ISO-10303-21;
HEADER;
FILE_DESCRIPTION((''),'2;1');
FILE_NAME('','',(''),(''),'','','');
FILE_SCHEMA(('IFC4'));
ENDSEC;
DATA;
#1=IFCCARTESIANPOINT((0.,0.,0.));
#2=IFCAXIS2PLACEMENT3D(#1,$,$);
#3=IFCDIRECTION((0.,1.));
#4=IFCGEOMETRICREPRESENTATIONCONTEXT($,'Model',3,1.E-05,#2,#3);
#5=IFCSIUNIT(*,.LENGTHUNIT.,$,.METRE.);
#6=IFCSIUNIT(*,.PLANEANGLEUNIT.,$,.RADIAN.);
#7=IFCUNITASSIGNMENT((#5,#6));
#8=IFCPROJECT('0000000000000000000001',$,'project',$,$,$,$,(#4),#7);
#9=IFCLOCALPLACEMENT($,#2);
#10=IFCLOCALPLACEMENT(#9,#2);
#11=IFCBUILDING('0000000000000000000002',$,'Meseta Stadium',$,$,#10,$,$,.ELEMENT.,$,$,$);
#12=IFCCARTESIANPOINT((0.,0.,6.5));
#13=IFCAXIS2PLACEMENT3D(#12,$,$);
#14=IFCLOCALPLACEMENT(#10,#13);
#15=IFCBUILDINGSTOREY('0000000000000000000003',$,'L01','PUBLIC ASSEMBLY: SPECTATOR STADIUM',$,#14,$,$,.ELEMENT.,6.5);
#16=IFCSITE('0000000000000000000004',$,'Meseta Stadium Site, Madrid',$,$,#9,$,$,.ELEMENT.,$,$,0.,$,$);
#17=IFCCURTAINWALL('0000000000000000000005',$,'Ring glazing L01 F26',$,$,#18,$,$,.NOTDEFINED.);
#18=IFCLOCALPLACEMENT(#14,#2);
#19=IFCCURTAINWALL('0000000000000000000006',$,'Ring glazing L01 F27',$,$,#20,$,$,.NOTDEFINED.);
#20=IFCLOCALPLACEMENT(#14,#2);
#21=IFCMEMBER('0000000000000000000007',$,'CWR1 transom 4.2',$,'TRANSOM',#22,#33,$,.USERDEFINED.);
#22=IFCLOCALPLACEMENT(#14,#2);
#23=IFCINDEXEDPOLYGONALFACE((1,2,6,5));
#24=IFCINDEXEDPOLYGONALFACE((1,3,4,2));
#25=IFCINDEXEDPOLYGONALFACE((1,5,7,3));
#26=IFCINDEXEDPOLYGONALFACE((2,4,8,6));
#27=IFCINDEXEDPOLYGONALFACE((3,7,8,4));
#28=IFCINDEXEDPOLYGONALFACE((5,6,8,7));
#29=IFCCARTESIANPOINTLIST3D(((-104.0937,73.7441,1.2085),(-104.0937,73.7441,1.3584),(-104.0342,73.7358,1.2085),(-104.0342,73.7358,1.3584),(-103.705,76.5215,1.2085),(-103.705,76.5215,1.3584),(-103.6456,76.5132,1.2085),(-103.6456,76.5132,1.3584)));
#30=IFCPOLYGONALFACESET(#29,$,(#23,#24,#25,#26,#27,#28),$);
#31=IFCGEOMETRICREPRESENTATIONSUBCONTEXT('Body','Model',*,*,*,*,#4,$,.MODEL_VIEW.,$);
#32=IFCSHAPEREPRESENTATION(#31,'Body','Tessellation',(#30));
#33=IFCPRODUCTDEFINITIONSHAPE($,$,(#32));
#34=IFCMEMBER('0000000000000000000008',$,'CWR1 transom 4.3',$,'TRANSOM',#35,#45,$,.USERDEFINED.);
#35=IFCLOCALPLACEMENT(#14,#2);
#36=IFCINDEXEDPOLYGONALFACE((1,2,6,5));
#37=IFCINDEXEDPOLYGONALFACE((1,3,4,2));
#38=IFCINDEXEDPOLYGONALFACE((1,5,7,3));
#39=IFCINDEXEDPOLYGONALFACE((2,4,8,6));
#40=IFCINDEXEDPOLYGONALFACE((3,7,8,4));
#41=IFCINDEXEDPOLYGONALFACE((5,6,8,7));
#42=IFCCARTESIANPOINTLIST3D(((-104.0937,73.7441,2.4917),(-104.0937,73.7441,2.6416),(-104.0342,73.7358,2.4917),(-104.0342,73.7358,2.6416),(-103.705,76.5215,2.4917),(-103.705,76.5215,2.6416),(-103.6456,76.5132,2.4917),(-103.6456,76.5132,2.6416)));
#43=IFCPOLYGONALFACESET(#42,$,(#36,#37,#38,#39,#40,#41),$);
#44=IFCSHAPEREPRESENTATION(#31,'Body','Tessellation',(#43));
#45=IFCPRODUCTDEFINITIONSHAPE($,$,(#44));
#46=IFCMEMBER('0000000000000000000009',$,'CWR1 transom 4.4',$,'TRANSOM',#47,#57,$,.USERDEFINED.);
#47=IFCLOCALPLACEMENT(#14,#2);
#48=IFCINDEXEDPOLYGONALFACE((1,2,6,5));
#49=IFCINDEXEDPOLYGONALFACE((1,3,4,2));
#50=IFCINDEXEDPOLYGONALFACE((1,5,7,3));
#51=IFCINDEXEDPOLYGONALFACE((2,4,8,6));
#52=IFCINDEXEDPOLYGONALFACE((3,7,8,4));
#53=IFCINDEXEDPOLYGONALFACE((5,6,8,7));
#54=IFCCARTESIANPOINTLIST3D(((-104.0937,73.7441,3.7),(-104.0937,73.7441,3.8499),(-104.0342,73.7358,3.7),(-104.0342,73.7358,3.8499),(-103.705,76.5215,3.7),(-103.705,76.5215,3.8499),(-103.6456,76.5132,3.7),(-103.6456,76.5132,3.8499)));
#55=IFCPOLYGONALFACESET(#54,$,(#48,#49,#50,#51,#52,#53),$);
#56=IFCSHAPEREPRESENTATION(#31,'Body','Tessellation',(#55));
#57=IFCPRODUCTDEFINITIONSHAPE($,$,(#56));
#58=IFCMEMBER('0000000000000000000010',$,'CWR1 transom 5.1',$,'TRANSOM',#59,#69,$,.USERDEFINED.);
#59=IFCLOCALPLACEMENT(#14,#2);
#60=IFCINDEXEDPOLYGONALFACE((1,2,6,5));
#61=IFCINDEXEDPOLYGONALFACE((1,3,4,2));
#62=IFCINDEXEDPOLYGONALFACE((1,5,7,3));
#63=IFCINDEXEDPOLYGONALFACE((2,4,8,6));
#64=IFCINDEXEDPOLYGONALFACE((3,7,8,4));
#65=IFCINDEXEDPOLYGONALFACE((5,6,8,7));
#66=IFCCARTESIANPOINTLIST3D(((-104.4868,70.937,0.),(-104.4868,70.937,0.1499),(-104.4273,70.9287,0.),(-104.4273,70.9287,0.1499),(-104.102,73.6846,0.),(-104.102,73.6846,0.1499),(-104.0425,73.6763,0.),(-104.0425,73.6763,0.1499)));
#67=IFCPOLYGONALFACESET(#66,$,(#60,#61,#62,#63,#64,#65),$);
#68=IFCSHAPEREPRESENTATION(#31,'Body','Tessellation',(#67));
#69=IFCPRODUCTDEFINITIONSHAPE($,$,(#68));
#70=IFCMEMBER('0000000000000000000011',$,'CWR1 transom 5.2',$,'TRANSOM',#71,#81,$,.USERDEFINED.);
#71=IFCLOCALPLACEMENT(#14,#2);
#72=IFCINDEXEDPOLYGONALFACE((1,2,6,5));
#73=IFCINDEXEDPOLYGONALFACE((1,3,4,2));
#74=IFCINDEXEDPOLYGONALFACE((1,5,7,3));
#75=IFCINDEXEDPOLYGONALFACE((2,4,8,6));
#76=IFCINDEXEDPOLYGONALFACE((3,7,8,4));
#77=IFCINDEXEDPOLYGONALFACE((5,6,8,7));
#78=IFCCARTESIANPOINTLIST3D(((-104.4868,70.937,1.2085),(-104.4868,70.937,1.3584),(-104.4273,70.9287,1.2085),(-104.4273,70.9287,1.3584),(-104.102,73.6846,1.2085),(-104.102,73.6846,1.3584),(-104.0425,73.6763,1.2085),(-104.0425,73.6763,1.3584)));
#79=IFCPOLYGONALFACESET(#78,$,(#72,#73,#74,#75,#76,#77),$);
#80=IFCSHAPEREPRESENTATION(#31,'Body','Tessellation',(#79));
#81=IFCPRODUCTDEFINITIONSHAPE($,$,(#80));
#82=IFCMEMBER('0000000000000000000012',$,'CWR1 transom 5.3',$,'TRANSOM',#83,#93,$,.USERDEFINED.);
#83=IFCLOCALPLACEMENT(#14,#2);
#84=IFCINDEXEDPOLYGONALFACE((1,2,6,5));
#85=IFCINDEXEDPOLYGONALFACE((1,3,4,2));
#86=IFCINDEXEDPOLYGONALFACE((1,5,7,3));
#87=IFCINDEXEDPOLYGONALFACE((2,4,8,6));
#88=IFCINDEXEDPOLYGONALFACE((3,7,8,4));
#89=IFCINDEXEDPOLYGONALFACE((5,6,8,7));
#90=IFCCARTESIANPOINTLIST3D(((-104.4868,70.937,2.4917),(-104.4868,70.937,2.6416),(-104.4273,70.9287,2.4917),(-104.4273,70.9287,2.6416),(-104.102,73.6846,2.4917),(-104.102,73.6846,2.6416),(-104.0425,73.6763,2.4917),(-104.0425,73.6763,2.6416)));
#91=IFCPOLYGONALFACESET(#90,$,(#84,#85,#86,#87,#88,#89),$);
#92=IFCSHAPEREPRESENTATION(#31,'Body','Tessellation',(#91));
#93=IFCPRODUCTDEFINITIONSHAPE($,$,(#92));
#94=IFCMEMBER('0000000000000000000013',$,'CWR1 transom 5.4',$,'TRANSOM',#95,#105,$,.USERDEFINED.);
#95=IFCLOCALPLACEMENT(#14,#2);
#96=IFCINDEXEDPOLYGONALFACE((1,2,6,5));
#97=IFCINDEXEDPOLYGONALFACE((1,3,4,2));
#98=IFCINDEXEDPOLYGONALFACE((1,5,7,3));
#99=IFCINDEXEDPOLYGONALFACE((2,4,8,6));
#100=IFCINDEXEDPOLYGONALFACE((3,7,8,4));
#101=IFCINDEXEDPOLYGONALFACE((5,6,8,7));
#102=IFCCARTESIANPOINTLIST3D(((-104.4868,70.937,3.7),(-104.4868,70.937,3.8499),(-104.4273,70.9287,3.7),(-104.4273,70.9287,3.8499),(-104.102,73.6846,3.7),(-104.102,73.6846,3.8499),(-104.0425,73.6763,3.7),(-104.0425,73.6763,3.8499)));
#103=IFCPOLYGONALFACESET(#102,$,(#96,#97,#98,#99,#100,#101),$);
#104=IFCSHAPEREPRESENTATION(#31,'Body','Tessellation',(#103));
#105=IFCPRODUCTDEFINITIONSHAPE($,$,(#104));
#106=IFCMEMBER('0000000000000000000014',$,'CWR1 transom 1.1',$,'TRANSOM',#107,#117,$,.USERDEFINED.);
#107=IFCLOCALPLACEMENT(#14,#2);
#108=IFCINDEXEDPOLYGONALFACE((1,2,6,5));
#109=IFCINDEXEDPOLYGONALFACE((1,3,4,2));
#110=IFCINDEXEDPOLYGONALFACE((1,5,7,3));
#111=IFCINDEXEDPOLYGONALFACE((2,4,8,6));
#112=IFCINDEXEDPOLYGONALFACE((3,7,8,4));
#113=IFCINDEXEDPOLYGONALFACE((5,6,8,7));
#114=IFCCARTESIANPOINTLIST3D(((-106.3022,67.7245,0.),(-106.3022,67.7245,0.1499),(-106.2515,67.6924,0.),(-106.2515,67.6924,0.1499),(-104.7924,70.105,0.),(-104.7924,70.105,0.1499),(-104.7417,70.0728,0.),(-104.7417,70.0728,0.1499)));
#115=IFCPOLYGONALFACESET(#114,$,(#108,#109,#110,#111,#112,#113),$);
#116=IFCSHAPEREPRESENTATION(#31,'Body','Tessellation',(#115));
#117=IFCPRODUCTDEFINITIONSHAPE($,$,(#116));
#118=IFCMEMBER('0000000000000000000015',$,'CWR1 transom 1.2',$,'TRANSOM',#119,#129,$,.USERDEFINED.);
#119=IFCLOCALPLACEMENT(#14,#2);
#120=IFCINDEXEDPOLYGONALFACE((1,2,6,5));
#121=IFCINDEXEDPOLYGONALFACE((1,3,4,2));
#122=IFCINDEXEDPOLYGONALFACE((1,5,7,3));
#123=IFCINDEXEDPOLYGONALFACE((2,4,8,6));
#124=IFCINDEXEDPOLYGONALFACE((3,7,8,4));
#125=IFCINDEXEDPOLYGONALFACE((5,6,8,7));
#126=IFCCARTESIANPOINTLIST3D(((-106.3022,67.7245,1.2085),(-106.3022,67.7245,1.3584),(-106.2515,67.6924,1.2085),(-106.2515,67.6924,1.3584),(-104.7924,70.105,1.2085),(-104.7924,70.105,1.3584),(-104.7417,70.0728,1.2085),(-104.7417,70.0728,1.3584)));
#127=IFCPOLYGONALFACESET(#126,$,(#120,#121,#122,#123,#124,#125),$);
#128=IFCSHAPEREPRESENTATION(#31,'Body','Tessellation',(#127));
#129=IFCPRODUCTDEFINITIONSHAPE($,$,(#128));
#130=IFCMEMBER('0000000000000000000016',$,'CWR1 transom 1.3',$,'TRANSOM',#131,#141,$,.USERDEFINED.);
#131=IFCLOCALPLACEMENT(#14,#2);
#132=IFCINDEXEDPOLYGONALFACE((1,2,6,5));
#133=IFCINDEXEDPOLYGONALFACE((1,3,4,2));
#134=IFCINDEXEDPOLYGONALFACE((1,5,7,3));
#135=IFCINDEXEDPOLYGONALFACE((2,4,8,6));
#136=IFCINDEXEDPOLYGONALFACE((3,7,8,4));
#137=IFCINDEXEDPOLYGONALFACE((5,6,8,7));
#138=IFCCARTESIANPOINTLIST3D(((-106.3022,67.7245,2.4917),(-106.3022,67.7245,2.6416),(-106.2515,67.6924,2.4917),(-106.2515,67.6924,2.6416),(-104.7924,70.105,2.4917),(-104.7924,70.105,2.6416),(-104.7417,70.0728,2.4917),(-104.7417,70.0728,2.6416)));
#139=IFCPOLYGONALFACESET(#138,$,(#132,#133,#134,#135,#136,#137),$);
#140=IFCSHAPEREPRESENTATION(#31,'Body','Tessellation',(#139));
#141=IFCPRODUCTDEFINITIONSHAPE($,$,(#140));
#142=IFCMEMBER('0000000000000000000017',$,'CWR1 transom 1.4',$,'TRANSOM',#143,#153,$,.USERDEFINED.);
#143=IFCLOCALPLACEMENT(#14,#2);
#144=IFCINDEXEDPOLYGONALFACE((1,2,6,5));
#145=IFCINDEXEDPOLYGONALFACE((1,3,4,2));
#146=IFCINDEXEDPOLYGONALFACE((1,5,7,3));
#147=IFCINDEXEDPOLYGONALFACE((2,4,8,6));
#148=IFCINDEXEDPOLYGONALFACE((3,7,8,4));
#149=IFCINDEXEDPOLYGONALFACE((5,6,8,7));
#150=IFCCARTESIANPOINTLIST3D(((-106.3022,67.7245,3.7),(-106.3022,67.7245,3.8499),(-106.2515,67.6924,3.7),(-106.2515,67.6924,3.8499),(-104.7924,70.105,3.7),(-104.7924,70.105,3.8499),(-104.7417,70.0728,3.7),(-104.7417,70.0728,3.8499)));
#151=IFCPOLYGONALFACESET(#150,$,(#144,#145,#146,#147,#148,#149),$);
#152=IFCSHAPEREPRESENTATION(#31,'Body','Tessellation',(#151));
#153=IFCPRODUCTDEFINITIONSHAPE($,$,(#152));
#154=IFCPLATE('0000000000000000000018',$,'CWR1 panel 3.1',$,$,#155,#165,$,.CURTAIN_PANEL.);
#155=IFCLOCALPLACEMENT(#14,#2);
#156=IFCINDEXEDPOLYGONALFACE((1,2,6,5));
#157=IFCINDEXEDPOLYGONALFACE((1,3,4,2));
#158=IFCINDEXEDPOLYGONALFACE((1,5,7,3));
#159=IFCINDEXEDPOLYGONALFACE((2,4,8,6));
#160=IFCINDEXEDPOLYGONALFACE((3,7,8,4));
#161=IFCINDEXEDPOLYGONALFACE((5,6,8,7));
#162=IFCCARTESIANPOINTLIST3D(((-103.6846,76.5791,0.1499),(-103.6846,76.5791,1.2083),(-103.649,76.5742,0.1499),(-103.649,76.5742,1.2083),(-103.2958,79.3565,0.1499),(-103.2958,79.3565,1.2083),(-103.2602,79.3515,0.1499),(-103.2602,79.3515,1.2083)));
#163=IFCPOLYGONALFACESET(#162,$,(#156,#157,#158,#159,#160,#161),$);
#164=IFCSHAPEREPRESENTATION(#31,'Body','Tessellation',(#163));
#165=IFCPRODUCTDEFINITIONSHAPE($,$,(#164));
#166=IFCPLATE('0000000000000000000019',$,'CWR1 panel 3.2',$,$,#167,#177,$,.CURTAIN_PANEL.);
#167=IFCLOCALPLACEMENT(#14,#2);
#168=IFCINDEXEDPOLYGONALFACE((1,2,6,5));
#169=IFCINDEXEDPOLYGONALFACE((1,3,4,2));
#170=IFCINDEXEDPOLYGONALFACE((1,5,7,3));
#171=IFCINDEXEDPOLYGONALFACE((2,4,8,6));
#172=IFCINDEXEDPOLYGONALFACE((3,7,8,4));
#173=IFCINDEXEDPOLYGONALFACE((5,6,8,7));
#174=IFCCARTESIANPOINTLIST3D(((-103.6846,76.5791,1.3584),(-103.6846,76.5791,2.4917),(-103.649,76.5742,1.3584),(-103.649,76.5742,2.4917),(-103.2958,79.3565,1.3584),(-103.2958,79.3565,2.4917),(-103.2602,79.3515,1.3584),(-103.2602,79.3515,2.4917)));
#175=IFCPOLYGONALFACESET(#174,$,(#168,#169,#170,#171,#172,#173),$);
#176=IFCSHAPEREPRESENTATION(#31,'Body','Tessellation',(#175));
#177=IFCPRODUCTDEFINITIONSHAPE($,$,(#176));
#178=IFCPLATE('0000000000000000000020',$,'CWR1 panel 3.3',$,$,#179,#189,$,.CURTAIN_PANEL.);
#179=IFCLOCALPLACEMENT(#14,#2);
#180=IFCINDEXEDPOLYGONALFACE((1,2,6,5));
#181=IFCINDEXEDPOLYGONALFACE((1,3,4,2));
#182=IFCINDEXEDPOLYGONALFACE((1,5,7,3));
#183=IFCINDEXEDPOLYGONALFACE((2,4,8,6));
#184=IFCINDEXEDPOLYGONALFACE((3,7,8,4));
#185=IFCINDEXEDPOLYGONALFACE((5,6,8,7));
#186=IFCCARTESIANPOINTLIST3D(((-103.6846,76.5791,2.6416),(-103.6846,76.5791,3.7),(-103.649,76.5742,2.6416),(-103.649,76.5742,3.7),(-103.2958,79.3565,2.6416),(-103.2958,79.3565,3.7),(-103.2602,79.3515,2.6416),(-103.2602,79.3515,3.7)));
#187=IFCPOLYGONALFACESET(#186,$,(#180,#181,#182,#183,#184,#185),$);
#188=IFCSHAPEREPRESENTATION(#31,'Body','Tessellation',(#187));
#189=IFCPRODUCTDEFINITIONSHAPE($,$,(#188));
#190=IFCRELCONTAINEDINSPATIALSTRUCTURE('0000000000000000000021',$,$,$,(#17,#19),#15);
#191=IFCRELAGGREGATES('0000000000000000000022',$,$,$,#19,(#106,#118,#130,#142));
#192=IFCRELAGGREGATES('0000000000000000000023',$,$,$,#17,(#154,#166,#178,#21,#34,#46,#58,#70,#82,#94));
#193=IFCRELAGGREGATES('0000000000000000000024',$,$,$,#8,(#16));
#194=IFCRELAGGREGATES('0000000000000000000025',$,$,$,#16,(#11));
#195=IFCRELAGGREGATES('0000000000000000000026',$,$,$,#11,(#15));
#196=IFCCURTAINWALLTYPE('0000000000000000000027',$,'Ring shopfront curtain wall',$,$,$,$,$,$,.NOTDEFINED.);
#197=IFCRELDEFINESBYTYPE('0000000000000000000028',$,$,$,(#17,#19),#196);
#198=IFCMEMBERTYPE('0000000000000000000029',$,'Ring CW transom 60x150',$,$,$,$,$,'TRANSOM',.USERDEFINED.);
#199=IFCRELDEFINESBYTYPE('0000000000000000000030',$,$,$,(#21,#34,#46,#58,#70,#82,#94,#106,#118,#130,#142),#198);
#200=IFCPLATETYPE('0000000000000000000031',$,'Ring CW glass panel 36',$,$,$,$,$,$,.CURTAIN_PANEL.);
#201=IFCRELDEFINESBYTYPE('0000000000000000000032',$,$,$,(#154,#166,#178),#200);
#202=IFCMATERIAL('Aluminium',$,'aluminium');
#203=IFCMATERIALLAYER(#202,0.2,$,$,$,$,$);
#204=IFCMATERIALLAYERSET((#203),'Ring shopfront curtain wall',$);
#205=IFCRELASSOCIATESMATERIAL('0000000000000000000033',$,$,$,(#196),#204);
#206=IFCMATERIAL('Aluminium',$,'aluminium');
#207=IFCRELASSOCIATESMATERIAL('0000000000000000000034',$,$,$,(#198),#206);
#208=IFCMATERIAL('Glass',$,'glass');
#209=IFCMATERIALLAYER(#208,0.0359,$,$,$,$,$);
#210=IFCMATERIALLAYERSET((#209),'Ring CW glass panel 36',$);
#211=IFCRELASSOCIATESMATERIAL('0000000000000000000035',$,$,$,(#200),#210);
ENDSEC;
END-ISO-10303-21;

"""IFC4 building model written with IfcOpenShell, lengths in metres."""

from ifc_helpers import new_model, si_unit, direction, frame, origin, origin_2d, place, context, subcontext, project, spatial, rectangle, extrude, material, layer, layer_set, material_profile, profile_set, type_object, element, aggregate, save


model = new_model("IFC4")

# Units and contexts
model_context = context("Model", 3, precision=1e-05, world=origin(), true_north=direction((0.0, 1.0)))
body_context = subcontext(model_context, "Body", "Model", "MODEL_VIEW")
ifc_project = project(units=[si_unit("LENGTHUNIT", "METRE"), si_unit("PLANEANGLEUNIT", "RADIAN")], contexts=[model_context])

# Site, building, storey
site_placement = place(None, origin())
site = spatial("IfcSite", under=ifc_project, at=site_placement, Name="Meseta Stadium Site, Madrid", CompositionType="ELEMENT", RefElevation=0.0)
building_placement = place(site_placement, origin())
building = spatial("IfcBuilding", under=site, at=building_placement, Name="Meseta Stadium", CompositionType="ELEMENT")
storey_placement = place(building_placement, frame((0.0, 0.0, 6.5)))
storey = spatial("IfcBuildingStorey", under=building, at=storey_placement, Name="L01", Description="PUBLIC ASSEMBLY: SPECTATOR STADIUM", CompositionType="ELEMENT", Elevation=6.5)

# Curtain wall
ifc_material_1 = material(Name="Aluminium", Category="aluminium")
ifc_layer_1 = layer(ifc_material_1, 0.2)
ifc_layer_set_1 = layer_set([ifc_layer_1], Name="Ring shopfront curtain wall")
curtain_wall_type = type_object("IfcCurtainWallType", Name="Ring shopfront curtain wall", PredefinedType="NOTDEFINED", material=ifc_layer_set_1)
curtain_wall_1_placement = place(storey_placement, origin())
curtain_wall_1 = element("IfcCurtainWall", 1, at=curtain_wall_1_placement, inside=storey, type_object=curtain_wall_type, Name="Ring glazing L01 F26", PredefinedType="NOTDEFINED")

# Curtain wall
curtain_wall_2_placement = place(storey_placement, origin())
curtain_wall_2 = element("IfcCurtainWall", 2, at=curtain_wall_2_placement, inside=storey, type_object=curtain_wall_type, Name="Ring glazing L01 F27", PredefinedType="NOTDEFINED")

# Members
ifc_material_2 = material(Name="Aluminium", Category="aluminium")
ifc_material_profile_1 = material_profile(ifc_material_2, rectangle(XDim=0.0601, YDim=0.1499, at=origin_2d()), Name="CW 60x150")
ifc_profile_set_1 = profile_set([ifc_material_profile_1], Name="Aluminium")
member_type_1 = type_object("IfcMemberType", Name="Ring CW transom 60x150", ElementType="TRANSOM", PredefinedType="USERDEFINED", material=ifc_profile_set_1)
member_1_placement = place(storey_placement, frame((-103.6753, 76.5173, 1.2834), z_axis=(-0.138593, -0.990349, 0.0), x_axis=(0.990349, -0.138593, 0.0)))
member_1 = element("IfcMember", 3, at=member_1_placement, type_object=member_type_1, Name="CWR1 transom 4.2", ObjectType="TRANSOM", PredefinedType="USERDEFINED", context=body_context, shape_type="SweptSolid", body=[
    extrude(rectangle(XDim=0.0601, YDim=0.1499, at=origin_2d()), origin(), (0.0, 0.0, 1.0), 2.8044),
])
member_2_placement = place(storey_placement, frame((-103.6753, 76.5173, 2.5667), z_axis=(-0.138593, -0.990349, 0.0), x_axis=(0.990349, -0.138593, 0.0)))
member_2 = element("IfcMember", 4, at=member_2_placement, type_object=member_type_1, Name="CWR1 transom 4.3", ObjectType="TRANSOM", PredefinedType="USERDEFINED", context=body_context, shape_type="SweptSolid", body=[
    extrude(rectangle(XDim=0.0601, YDim=0.1499, at=origin_2d()), origin(), (0.0, 0.0, 1.0), 2.8044),
])
member_3_placement = place(storey_placement, frame((-103.6753, 76.5173, 3.7749), z_axis=(-0.138593, -0.990349, 0.0), x_axis=(0.990349, -0.138593, 0.0)))
member_3 = element("IfcMember", 5, at=member_3_placement, type_object=member_type_1, Name="CWR1 transom 4.4", ObjectType="TRANSOM", PredefinedType="USERDEFINED", context=body_context, shape_type="SweptSolid", body=[
    extrude(rectangle(XDim=0.0601, YDim=0.1499, at=origin_2d()), origin(), (0.0, 0.0, 1.0), 2.8044),
])
member_4_placement = place(storey_placement, frame((-104.0723, 73.6804, 0.075), z_axis=(-0.138686, -0.990336, 0.0), x_axis=(0.990336, -0.138686, 0.0)))
member_4 = element("IfcMember", 6, at=member_4_placement, type_object=member_type_1, Name="CWR1 transom 5.1", ObjectType="TRANSOM", PredefinedType="USERDEFINED", context=body_context, shape_type="SweptSolid", body=[
    extrude(rectangle(XDim=0.0601, YDim=0.1499, at=origin_2d()), origin(), (0.0, 0.0, 1.0), 2.7744),
])
member_5_placement = place(storey_placement, frame((-104.0723, 73.6804, 1.2834), z_axis=(-0.138686, -0.990336, 0.0), x_axis=(0.990336, -0.138686, 0.0)))
member_5 = element("IfcMember", 7, at=member_5_placement, type_object=member_type_1, Name="CWR1 transom 5.2", ObjectType="TRANSOM", PredefinedType="USERDEFINED", context=body_context, shape_type="SweptSolid", body=[
    extrude(rectangle(XDim=0.0601, YDim=0.1499, at=origin_2d()), origin(), (0.0, 0.0, 1.0), 2.7744),
])
member_6_placement = place(storey_placement, frame((-104.0723, 73.6804, 2.5667), z_axis=(-0.138686, -0.990336, 0.0), x_axis=(0.990336, -0.138686, 0.0)))
member_6 = element("IfcMember", 8, at=member_6_placement, type_object=member_type_1, Name="CWR1 transom 5.3", ObjectType="TRANSOM", PredefinedType="USERDEFINED", context=body_context, shape_type="SweptSolid", body=[
    extrude(rectangle(XDim=0.0601, YDim=0.1499, at=origin_2d()), origin(), (0.0, 0.0, 1.0), 2.7744),
])
member_7_placement = place(storey_placement, frame((-104.0723, 73.6804, 3.7749), z_axis=(-0.138686, -0.990336, 0.0), x_axis=(0.990336, -0.138686, 0.0)))
member_7 = element("IfcMember", 9, at=member_7_placement, type_object=member_type_1, Name="CWR1 transom 5.4", ObjectType="TRANSOM", PredefinedType="USERDEFINED", context=body_context, shape_type="SweptSolid", body=[
    extrude(rectangle(XDim=0.0601, YDim=0.1499, at=origin_2d()), origin(), (0.0, 0.0, 1.0), 2.7744),
])
member_8_placement = place(storey_placement, frame((-104.7671, 70.0889, 0.075), z_axis=(-0.535608, -0.844467, 0.0), x_axis=(0.844467, -0.535608, 0.0)))
member_8 = element("IfcMember", 10, at=member_8_placement, type_object=member_type_1, Name="CWR1 transom 1.1", ObjectType="TRANSOM", PredefinedType="USERDEFINED", context=body_context, shape_type="SweptSolid", body=[
    extrude(rectangle(XDim=0.0601, YDim=0.1499, at=origin_2d()), origin(), (0.0, 0.0, 1.0), 2.8188),
])
member_9_placement = place(storey_placement, frame((-104.7671, 70.0889, 1.2834), z_axis=(-0.535608, -0.844467, 0.0), x_axis=(0.844467, -0.535608, 0.0)))
member_9 = element("IfcMember", 11, at=member_9_placement, type_object=member_type_1, Name="CWR1 transom 1.2", ObjectType="TRANSOM", PredefinedType="USERDEFINED", context=body_context, shape_type="SweptSolid", body=[
    extrude(rectangle(XDim=0.0601, YDim=0.1499, at=origin_2d()), origin(), (0.0, 0.0, 1.0), 2.8188),
])
member_10_placement = place(storey_placement, frame((-104.7671, 70.0889, 2.5667), z_axis=(-0.535608, -0.844467, 0.0), x_axis=(0.844467, -0.535608, 0.0)))
member_10 = element("IfcMember", 12, at=member_10_placement, type_object=member_type_1, Name="CWR1 transom 1.3", ObjectType="TRANSOM", PredefinedType="USERDEFINED", context=body_context, shape_type="SweptSolid", body=[
    extrude(rectangle(XDim=0.0601, YDim=0.1499, at=origin_2d()), origin(), (0.0, 0.0, 1.0), 2.8188),
])
member_11_placement = place(storey_placement, frame((-104.7671, 70.0889, 3.7749), z_axis=(-0.535608, -0.844467, 0.0), x_axis=(0.844467, -0.535608, 0.0)))
member_11 = element("IfcMember", 13, at=member_11_placement, type_object=member_type_1, Name="CWR1 transom 1.4", ObjectType="TRANSOM", PredefinedType="USERDEFINED", context=body_context, shape_type="SweptSolid", body=[
    extrude(rectangle(XDim=0.0601, YDim=0.1499, at=origin_2d()), origin(), (0.0, 0.0, 1.0), 2.8188),
])
aggregate(curtain_wall_2, [member_8, member_9, member_10, member_11])

# Plates
ifc_material_3 = material(Name="Glass", Category="glass")
ifc_layer_2 = layer(ifc_material_3, 0.0359)
ifc_layer_set_2 = layer_set([ifc_layer_2], Name="Ring CW glass panel 36")
plate_type_1 = type_object("IfcPlateType", Name="Ring CW glass panel 36", PredefinedType="CURTAIN_PANEL", material=ifc_layer_set_2)
plate_1_placement = place(storey_placement, frame((-103.4724, 77.9653, 0.1499), z_axis=(0.0, 0.0, 1.0), x_axis=(-0.138643, -0.990342, 0.0)))
plate_1 = element("IfcPlate", 14, at=plate_1_placement, type_object=plate_type_1, Name="CWR1 panel 3.1", PredefinedType="CURTAIN_PANEL", context=body_context, shape_type="SweptSolid", body=[
    extrude(rectangle(XDim=2.8044, YDim=0.0359, at=origin_2d()), origin(), (0.0, 0.0, 1.0), 1.0583),
])
plate_2_placement = place(storey_placement, frame((-103.4724, 77.9653, 1.3584), z_axis=(0.0, 0.0, 1.0), x_axis=(-0.138643, -0.990342, 0.0)))
plate_2 = element("IfcPlate", 15, at=plate_2_placement, type_object=plate_type_1, Name="CWR1 panel 3.2", PredefinedType="CURTAIN_PANEL", context=body_context, shape_type="SweptSolid", body=[
    extrude(rectangle(XDim=2.8044, YDim=0.0359, at=origin_2d()), origin(), (0.0, 0.0, 1.0), 1.1333),
])
plate_3_placement = place(storey_placement, frame((-103.4724, 77.9653, 2.6416), z_axis=(0.0, 0.0, 1.0), x_axis=(-0.138643, -0.990342, 0.0)))
plate_3 = element("IfcPlate", 16, at=plate_3_placement, type_object=plate_type_1, Name="CWR1 panel 3.3", PredefinedType="CURTAIN_PANEL", context=body_context, shape_type="SweptSolid", body=[
    extrude(rectangle(XDim=2.8044, YDim=0.0359, at=origin_2d()), origin(), (0.0, 0.0, 1.0), 1.0583),
])
aggregate(curtain_wall_1, [plate_1, plate_2, plate_3, member_1, member_2, member_3, member_4, member_5, member_6, member_7])

save(model, "model.ifc")
